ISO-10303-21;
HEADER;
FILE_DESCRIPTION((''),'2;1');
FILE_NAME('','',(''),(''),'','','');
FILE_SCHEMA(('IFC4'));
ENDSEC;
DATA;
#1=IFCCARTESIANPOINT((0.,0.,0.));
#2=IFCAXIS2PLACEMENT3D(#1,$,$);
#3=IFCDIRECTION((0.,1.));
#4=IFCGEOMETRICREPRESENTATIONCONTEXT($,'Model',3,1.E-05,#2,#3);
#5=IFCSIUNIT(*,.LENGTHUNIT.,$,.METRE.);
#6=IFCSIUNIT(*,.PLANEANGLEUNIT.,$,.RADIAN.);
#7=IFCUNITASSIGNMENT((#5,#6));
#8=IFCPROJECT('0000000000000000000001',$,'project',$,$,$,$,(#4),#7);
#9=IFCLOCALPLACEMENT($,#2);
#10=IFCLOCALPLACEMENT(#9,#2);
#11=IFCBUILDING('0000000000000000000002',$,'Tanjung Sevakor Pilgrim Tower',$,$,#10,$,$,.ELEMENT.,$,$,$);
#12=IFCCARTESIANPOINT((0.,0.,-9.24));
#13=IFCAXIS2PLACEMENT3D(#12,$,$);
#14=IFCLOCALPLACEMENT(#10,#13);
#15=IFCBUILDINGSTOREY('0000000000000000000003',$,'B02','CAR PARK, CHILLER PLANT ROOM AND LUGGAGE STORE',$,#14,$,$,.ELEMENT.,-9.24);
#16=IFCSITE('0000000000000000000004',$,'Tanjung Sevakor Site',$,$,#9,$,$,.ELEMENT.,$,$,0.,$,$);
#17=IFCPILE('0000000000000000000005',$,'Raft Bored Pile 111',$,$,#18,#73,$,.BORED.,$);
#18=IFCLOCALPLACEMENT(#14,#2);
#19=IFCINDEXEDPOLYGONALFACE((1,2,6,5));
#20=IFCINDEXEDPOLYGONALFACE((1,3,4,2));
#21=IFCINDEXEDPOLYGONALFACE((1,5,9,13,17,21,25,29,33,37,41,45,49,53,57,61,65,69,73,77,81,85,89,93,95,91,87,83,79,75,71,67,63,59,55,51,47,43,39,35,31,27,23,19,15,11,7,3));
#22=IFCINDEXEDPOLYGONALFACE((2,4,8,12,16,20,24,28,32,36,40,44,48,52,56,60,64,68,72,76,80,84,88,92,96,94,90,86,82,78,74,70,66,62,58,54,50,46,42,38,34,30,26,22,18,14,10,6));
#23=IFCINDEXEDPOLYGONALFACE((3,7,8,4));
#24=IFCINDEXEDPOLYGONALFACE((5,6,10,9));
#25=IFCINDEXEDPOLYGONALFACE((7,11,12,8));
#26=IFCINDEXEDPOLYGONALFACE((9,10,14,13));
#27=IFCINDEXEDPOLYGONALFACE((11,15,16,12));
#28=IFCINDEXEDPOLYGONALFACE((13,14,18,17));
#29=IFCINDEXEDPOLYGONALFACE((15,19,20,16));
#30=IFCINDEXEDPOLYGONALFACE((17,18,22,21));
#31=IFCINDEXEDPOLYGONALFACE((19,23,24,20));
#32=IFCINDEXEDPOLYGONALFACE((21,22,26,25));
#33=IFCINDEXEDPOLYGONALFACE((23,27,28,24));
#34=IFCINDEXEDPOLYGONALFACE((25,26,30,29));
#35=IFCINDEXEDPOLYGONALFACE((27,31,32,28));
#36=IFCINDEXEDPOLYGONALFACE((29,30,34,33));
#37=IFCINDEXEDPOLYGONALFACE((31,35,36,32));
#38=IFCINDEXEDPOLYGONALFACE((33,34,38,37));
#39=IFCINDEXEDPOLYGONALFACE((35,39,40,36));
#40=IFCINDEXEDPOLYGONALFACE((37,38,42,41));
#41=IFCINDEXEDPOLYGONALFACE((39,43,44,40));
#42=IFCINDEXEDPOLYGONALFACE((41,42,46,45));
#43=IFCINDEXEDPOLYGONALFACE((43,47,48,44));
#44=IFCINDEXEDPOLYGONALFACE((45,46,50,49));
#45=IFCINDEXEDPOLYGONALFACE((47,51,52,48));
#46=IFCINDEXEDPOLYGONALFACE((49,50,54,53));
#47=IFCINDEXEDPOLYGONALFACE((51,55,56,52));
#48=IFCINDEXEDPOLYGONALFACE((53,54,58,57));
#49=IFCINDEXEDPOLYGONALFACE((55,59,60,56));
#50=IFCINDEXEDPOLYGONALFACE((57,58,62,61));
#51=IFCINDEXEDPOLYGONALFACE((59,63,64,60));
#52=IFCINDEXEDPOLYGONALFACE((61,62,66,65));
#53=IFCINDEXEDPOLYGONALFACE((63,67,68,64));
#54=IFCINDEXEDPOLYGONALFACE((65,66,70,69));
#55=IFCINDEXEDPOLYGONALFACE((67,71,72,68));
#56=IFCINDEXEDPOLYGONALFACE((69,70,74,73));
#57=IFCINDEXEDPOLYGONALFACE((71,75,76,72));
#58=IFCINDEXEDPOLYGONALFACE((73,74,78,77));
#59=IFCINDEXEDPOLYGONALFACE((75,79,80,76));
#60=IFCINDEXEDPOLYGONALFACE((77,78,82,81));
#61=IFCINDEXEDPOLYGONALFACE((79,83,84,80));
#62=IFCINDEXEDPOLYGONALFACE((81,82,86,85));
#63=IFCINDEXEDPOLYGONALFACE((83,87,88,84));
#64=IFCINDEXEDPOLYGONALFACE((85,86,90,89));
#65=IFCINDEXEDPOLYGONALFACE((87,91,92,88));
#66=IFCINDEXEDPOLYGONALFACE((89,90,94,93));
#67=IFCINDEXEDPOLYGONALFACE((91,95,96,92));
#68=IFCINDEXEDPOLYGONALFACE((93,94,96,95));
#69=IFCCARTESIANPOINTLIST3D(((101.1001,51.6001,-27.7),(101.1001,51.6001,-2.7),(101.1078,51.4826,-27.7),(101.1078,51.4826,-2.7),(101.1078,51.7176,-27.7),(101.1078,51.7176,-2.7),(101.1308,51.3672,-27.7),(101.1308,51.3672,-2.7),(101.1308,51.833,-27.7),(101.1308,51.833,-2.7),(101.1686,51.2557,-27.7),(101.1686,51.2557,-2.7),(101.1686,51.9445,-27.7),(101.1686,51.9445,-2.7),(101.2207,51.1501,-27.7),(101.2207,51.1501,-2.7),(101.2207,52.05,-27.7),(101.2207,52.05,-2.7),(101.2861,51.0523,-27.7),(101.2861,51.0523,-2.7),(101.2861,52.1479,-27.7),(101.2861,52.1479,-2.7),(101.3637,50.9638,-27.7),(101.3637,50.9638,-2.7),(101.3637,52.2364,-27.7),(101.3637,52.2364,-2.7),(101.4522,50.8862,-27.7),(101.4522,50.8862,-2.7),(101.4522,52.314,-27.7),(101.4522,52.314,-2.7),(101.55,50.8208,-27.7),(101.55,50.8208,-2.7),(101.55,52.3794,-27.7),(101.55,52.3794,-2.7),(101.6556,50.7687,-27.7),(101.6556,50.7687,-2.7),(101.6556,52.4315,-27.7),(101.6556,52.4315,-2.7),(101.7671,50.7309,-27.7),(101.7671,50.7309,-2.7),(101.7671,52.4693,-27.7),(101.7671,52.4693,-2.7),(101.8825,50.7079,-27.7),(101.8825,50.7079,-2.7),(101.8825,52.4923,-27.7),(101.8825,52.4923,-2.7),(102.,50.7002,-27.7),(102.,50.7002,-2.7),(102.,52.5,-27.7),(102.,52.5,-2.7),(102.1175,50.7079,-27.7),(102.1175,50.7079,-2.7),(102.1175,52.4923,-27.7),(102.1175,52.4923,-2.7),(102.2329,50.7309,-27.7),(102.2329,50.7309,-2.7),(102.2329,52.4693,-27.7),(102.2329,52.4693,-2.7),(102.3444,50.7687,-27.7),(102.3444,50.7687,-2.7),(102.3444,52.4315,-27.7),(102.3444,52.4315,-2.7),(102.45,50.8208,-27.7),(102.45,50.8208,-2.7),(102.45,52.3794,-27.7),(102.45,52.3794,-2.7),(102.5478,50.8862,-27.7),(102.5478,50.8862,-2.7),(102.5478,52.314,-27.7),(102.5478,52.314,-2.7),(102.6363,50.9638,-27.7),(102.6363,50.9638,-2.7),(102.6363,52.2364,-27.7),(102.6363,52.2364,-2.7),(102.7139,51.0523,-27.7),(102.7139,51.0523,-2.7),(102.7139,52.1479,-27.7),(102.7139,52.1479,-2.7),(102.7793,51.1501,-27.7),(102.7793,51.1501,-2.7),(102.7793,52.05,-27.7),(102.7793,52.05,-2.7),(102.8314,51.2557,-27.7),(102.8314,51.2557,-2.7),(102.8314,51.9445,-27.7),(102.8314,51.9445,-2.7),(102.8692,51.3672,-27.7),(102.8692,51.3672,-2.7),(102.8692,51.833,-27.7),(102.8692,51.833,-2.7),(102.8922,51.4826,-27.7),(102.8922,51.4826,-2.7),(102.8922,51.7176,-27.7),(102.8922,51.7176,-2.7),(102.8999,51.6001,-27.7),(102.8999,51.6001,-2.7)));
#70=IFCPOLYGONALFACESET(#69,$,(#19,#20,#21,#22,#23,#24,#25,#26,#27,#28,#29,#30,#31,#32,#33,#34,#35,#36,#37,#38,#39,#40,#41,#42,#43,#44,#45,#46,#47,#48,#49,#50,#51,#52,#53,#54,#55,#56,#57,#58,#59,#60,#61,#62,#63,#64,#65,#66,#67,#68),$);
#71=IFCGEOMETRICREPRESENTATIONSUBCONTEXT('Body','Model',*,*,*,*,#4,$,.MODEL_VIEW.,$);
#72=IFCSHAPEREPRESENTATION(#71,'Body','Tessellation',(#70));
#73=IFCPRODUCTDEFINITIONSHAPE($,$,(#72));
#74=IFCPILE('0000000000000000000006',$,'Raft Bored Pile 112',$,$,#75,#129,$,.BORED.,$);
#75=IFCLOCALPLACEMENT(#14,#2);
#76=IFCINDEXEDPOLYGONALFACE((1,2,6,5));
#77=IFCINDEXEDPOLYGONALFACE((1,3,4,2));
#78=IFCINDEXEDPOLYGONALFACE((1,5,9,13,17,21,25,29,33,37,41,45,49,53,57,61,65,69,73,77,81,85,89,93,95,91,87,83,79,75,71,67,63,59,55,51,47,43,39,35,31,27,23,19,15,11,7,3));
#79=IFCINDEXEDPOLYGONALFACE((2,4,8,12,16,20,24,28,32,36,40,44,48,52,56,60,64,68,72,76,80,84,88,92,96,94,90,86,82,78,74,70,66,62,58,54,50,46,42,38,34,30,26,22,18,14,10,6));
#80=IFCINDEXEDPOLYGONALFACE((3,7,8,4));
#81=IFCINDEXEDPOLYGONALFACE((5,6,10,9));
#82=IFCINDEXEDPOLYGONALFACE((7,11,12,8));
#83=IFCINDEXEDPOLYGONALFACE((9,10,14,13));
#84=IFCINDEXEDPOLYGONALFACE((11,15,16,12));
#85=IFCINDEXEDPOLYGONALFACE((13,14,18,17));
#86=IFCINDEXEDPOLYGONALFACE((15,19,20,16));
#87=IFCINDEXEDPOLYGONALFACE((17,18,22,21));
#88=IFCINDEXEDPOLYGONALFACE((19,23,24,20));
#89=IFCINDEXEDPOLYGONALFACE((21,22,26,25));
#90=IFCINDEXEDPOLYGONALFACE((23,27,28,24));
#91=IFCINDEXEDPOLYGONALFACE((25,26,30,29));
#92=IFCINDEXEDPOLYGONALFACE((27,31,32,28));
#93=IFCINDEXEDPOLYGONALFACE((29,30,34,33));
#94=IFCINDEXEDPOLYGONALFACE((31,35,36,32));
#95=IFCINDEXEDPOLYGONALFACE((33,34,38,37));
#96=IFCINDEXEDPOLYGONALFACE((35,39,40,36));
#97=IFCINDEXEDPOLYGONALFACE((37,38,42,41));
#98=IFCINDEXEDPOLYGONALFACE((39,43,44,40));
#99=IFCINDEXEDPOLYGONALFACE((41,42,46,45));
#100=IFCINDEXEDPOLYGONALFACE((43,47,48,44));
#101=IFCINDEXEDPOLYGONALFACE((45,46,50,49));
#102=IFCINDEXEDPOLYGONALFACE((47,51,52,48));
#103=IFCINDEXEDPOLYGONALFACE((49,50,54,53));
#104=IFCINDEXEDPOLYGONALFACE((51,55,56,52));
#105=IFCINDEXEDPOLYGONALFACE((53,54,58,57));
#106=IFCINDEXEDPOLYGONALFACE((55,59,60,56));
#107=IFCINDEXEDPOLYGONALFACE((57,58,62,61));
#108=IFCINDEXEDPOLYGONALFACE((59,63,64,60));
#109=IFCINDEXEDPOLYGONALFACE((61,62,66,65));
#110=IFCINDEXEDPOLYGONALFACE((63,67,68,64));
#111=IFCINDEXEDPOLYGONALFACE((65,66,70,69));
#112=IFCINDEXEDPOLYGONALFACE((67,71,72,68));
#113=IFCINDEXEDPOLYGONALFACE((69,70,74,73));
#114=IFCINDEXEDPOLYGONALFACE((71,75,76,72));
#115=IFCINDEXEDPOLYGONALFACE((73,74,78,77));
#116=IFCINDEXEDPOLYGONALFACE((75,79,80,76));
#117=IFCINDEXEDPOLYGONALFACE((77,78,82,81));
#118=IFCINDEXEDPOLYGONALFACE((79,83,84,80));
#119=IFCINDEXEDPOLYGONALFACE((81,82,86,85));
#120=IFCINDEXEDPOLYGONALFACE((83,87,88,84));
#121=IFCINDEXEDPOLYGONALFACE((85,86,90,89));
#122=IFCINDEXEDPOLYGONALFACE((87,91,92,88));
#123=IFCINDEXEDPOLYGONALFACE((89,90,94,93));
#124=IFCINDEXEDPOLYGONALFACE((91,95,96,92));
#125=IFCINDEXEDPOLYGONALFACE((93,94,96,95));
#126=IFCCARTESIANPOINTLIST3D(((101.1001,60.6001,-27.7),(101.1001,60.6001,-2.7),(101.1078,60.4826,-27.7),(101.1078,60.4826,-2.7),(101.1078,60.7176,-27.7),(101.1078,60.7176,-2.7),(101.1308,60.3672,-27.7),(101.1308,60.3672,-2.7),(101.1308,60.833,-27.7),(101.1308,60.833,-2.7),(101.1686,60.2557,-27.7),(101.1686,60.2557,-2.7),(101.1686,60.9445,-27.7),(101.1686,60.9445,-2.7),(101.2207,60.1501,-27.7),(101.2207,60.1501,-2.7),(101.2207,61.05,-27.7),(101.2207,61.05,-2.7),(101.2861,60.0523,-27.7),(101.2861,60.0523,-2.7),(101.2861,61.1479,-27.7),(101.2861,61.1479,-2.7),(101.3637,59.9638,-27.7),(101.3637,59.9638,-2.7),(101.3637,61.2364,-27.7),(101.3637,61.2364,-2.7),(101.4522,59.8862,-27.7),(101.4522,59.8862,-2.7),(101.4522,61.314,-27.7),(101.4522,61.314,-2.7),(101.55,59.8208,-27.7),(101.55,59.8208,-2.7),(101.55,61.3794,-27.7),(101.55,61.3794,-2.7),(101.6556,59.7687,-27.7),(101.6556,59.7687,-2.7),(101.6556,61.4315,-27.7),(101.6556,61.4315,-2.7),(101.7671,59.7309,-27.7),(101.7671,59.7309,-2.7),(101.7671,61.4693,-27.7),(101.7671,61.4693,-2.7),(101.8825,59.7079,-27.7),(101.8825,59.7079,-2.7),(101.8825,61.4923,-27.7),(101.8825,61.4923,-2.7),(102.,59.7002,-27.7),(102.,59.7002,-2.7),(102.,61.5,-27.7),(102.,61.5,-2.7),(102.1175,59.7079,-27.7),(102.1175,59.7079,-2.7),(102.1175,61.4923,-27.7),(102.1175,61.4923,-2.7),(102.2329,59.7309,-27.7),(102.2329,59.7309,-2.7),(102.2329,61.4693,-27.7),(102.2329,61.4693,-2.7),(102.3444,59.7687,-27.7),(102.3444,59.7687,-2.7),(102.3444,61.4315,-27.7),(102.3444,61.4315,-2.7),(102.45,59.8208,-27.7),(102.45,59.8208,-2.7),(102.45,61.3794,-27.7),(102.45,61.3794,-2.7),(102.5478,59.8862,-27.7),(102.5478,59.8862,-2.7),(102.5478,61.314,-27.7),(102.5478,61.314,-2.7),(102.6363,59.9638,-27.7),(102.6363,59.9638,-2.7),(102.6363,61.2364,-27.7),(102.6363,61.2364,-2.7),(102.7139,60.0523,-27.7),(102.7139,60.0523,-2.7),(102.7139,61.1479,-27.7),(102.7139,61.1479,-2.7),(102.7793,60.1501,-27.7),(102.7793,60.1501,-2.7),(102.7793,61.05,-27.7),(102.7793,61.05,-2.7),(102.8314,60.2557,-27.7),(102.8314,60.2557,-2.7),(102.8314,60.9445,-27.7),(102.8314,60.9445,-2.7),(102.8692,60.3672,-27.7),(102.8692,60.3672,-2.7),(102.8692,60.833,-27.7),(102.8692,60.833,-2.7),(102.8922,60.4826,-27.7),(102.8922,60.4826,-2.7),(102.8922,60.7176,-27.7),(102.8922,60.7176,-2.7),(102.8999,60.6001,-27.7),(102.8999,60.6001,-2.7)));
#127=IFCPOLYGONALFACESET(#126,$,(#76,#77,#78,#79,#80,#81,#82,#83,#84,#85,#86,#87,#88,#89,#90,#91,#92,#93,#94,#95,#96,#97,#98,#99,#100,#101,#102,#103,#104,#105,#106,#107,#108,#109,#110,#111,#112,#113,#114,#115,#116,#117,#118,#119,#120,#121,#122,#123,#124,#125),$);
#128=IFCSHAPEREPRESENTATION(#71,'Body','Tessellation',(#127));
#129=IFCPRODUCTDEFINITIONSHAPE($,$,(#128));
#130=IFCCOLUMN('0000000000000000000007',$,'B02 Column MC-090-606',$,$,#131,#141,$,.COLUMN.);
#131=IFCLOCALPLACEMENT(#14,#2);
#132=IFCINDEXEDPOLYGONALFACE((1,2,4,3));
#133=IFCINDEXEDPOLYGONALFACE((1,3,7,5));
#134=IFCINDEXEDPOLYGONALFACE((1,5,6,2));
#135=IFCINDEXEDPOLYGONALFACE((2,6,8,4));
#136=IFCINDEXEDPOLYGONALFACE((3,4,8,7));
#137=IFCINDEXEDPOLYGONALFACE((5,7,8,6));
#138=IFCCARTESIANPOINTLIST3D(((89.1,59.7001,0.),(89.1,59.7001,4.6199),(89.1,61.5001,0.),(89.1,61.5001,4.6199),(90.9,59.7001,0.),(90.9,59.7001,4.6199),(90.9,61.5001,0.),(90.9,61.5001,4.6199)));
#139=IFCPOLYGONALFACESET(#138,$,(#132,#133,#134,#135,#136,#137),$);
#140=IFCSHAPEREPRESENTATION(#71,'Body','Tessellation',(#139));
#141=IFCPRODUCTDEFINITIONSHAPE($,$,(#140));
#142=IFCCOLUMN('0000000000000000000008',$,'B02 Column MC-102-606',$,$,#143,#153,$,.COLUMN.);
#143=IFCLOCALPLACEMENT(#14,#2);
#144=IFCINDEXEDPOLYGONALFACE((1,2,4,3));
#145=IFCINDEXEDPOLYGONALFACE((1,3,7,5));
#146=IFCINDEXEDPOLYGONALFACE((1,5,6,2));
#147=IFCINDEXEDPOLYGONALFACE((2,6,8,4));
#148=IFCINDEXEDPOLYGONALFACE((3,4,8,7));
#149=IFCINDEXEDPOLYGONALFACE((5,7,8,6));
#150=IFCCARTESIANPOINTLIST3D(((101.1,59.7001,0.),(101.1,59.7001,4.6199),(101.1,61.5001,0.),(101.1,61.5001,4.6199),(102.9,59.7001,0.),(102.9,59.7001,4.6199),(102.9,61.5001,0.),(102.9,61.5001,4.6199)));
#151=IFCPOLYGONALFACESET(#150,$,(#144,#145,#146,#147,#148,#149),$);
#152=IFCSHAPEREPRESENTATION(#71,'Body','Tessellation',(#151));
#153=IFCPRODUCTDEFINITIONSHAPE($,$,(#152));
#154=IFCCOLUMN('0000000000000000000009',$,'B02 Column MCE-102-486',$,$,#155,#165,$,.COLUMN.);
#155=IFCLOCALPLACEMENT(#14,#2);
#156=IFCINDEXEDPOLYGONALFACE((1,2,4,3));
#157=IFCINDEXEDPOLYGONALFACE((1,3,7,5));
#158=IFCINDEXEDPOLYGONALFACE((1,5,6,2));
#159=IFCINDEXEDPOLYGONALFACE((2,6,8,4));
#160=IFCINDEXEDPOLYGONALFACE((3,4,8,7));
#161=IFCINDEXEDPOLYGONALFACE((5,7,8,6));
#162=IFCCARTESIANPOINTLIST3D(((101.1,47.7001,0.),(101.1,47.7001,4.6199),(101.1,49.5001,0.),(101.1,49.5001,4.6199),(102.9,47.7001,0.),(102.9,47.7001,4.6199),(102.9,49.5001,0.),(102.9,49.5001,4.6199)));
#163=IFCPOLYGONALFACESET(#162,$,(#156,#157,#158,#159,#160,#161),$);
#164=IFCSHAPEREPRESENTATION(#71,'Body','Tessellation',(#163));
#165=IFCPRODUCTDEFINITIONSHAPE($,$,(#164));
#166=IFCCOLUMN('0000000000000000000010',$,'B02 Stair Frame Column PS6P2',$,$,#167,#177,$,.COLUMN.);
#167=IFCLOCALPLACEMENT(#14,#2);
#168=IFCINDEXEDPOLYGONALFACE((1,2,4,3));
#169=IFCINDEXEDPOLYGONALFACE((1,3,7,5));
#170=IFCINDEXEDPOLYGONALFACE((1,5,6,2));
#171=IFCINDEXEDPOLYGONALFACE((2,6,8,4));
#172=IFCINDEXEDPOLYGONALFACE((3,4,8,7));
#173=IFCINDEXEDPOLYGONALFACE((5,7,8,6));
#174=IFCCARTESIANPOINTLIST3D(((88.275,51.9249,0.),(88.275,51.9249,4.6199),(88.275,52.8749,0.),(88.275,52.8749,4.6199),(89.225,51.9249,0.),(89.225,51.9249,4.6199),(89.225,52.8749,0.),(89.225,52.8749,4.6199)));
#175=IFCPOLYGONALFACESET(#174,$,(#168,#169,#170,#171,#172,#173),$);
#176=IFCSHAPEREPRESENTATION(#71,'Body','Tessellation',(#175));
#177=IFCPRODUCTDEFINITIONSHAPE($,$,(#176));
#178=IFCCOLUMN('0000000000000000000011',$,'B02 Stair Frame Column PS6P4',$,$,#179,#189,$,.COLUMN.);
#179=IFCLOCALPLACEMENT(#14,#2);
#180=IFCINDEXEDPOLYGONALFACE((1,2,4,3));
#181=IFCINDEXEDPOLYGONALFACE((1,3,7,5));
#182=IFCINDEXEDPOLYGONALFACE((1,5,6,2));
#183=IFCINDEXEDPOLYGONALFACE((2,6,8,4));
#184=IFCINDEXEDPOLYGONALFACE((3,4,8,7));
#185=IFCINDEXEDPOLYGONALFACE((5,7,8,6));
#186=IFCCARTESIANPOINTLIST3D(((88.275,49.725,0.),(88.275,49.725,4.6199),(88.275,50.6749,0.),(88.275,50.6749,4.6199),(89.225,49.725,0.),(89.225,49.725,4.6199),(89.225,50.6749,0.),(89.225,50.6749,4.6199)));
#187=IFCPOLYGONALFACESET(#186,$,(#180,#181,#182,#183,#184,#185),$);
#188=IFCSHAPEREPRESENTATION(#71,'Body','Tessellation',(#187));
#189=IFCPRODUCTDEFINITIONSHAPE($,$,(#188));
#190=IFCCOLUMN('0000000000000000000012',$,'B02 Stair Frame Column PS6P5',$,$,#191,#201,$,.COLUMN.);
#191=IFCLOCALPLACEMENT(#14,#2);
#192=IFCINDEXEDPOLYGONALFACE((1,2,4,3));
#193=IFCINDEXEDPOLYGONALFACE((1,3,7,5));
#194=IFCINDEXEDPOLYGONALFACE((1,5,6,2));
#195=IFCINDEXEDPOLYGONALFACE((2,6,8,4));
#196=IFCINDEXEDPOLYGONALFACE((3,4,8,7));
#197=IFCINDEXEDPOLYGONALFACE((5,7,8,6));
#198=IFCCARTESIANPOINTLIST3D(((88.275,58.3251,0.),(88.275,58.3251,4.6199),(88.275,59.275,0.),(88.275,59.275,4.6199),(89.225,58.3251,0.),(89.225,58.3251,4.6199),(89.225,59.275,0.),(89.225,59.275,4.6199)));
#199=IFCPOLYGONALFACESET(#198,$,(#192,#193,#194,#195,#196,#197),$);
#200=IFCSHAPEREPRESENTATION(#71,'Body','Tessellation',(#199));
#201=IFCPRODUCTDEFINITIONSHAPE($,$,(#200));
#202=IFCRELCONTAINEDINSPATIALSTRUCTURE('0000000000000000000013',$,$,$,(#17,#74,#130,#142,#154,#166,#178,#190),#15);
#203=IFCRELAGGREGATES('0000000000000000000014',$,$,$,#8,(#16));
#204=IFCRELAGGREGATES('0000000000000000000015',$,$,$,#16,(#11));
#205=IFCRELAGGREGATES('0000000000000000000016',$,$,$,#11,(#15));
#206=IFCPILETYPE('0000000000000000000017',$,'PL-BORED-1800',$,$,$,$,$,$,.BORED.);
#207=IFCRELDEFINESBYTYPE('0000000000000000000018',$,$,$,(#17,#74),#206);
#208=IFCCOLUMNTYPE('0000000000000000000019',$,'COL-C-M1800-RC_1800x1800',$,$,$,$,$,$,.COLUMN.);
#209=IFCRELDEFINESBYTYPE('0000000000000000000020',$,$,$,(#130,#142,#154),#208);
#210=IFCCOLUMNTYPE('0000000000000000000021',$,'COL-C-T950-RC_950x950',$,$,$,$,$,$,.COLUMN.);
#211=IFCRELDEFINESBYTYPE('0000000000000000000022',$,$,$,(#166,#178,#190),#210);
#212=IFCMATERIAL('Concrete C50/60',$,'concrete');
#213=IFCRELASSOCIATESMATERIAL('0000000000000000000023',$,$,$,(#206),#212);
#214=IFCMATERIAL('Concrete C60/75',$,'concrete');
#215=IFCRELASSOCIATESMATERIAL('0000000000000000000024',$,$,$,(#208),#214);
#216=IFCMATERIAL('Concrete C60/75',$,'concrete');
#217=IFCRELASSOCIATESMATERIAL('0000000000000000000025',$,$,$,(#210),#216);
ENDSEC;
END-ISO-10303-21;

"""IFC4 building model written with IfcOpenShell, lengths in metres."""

from ifc_helpers import new_model, si_unit, direction, frame, origin, origin_2d, place, context, subcontext, project, spatial, rectangle, circle, extrude, material, material_profile, profile_set, type_object, element, save


model = new_model("IFC4")

# Units and contexts
model_context = context("Model", 3, precision=1e-05, world=origin(), true_north=direction((0.0, 1.0)))
body_context = subcontext(model_context, "Body", "Model", "MODEL_VIEW")
ifc_project = project(units=[si_unit("LENGTHUNIT", "METRE"), si_unit("PLANEANGLEUNIT", "RADIAN")], contexts=[model_context])

# Site, building, storey
site_placement = place(None, origin())
site = spatial("IfcSite", under=ifc_project, at=site_placement, Name="Tanjung Sevakor Site", CompositionType="ELEMENT", RefElevation=0.0)
building_placement = place(site_placement, origin())
building = spatial("IfcBuilding", under=site, at=building_placement, Name="Tanjung Sevakor Pilgrim Tower", CompositionType="ELEMENT")
storey_placement = place(building_placement, frame((0.0, 0.0, -9.24)))
storey = spatial("IfcBuildingStorey", under=building, at=storey_placement, Name="B02", Description="CAR PARK, CHILLER PLANT ROOM AND LUGGAGE STORE", CompositionType="ELEMENT", Elevation=-9.24)

# Piles
ifc_material_1 = material(Name="Concrete C50/60", Category="concrete")
ifc_material_profile_1 = material_profile(ifc_material_1, circle(Radius=0.8999, at=origin_2d()))
ifc_profile_set_1 = profile_set([ifc_material_profile_1], Name="Concrete C50/60")
pile_type_1 = type_object("IfcPileType", Name="PL-BORED-1800", PredefinedType="BORED", material=ifc_profile_set_1)
for number, where, z_axis, x_axis, name in (
    (1, (102.0, 51.6001, -2.7), (0.0, 0.0, -1.0), (1.0, 0.0, 0.0), "Raft Bored Pile 111"),
    (2, (102.0, 60.6001, -2.7), (0.0, 0.0, -1.0), (1.0, 0.0, 0.0), "Raft Bored Pile 112"),
):
    element("IfcPile", number, at=place(storey_placement, frame(where, z_axis=z_axis, x_axis=x_axis)), inside=storey, type_object=pile_type_1, Name=name, PredefinedType="BORED", context=body_context, shape_type="SweptSolid", body=[
        extrude(circle(Radius=0.8999, at=origin_2d()), origin(), (0.0, 0.0, 1.0), 25.0),
    ])

# Columns
ifc_material_2 = material(Name="Concrete C60/75", Category="concrete")
ifc_material_profile_2 = material_profile(ifc_material_2, rectangle(XDim=1.8, YDim=1.8, at=origin_2d()))
ifc_profile_set_2 = profile_set([ifc_material_profile_2], Name="Concrete C60/75")
column_type_1 = type_object("IfcColumnType", Name="COL-C-M1800-RC_1800x1800", PredefinedType="COLUMN", material=ifc_profile_set_2)
for number, where, z_axis, x_axis, name in (
    (3, (90.0, 60.6001, 0.0), (0.0, 0.0, 1.0), (1.0, 0.0, 0.0), "B02 Column MC-090-606"),
    (4, (102.0, 60.6001, 0.0), (0.0, 0.0, 1.0), (1.0, 0.0, 0.0), "B02 Column MC-102-606"),
    (5, (102.0, 48.6001, 0.0), (0.0, 0.0, 1.0), (1.0, 0.0, 0.0), "B02 Column MCE-102-486"),
):
    element("IfcColumn", number, at=place(storey_placement, frame(where, z_axis=z_axis, x_axis=x_axis)), inside=storey, type_object=column_type_1, Name=name, PredefinedType="COLUMN", context=body_context, shape_type="SweptSolid", body=[
        extrude(rectangle(XDim=1.8, YDim=1.8, at=origin_2d()), origin(), (0.0, 0.0, 1.0), 4.6199),
    ])
ifc_material_3 = material(Name="Concrete C60/75", Category="concrete")
ifc_material_profile_3 = material_profile(ifc_material_3, rectangle(XDim=0.95, YDim=0.95, at=origin_2d()))
ifc_profile_set_3 = profile_set([ifc_material_profile_3], Name="Concrete C60/75")
column_type_2 = type_object("IfcColumnType", Name="COL-C-T950-RC_950x950", PredefinedType="COLUMN", material=ifc_profile_set_3)
for number, where, z_axis, x_axis, name in (
    (6, (88.75, 52.3999, 0.0), (0.0, 0.0, 1.0), (1.0, 0.0, 0.0), "B02 Stair Frame Column PS6P2"),
    (7, (88.75, 50.2, 0.0), (0.0, 0.0, 1.0), (1.0, 0.0, 0.0), "B02 Stair Frame Column PS6P4"),
    (8, (88.75, 58.8, 0.0), (0.0, 0.0, 1.0), (1.0, 0.0, 0.0), "B02 Stair Frame Column PS6P5"),
):
    element("IfcColumn", number, at=place(storey_placement, frame(where, z_axis=z_axis, x_axis=x_axis)), inside=storey, type_object=column_type_2, Name=name, PredefinedType="COLUMN", context=body_context, shape_type="SweptSolid", body=[
        extrude(rectangle(XDim=0.95, YDim=0.95, at=origin_2d()), origin(), (0.0, 0.0, 1.0), 4.6199),
    ])

save(model, "model.ifc")
